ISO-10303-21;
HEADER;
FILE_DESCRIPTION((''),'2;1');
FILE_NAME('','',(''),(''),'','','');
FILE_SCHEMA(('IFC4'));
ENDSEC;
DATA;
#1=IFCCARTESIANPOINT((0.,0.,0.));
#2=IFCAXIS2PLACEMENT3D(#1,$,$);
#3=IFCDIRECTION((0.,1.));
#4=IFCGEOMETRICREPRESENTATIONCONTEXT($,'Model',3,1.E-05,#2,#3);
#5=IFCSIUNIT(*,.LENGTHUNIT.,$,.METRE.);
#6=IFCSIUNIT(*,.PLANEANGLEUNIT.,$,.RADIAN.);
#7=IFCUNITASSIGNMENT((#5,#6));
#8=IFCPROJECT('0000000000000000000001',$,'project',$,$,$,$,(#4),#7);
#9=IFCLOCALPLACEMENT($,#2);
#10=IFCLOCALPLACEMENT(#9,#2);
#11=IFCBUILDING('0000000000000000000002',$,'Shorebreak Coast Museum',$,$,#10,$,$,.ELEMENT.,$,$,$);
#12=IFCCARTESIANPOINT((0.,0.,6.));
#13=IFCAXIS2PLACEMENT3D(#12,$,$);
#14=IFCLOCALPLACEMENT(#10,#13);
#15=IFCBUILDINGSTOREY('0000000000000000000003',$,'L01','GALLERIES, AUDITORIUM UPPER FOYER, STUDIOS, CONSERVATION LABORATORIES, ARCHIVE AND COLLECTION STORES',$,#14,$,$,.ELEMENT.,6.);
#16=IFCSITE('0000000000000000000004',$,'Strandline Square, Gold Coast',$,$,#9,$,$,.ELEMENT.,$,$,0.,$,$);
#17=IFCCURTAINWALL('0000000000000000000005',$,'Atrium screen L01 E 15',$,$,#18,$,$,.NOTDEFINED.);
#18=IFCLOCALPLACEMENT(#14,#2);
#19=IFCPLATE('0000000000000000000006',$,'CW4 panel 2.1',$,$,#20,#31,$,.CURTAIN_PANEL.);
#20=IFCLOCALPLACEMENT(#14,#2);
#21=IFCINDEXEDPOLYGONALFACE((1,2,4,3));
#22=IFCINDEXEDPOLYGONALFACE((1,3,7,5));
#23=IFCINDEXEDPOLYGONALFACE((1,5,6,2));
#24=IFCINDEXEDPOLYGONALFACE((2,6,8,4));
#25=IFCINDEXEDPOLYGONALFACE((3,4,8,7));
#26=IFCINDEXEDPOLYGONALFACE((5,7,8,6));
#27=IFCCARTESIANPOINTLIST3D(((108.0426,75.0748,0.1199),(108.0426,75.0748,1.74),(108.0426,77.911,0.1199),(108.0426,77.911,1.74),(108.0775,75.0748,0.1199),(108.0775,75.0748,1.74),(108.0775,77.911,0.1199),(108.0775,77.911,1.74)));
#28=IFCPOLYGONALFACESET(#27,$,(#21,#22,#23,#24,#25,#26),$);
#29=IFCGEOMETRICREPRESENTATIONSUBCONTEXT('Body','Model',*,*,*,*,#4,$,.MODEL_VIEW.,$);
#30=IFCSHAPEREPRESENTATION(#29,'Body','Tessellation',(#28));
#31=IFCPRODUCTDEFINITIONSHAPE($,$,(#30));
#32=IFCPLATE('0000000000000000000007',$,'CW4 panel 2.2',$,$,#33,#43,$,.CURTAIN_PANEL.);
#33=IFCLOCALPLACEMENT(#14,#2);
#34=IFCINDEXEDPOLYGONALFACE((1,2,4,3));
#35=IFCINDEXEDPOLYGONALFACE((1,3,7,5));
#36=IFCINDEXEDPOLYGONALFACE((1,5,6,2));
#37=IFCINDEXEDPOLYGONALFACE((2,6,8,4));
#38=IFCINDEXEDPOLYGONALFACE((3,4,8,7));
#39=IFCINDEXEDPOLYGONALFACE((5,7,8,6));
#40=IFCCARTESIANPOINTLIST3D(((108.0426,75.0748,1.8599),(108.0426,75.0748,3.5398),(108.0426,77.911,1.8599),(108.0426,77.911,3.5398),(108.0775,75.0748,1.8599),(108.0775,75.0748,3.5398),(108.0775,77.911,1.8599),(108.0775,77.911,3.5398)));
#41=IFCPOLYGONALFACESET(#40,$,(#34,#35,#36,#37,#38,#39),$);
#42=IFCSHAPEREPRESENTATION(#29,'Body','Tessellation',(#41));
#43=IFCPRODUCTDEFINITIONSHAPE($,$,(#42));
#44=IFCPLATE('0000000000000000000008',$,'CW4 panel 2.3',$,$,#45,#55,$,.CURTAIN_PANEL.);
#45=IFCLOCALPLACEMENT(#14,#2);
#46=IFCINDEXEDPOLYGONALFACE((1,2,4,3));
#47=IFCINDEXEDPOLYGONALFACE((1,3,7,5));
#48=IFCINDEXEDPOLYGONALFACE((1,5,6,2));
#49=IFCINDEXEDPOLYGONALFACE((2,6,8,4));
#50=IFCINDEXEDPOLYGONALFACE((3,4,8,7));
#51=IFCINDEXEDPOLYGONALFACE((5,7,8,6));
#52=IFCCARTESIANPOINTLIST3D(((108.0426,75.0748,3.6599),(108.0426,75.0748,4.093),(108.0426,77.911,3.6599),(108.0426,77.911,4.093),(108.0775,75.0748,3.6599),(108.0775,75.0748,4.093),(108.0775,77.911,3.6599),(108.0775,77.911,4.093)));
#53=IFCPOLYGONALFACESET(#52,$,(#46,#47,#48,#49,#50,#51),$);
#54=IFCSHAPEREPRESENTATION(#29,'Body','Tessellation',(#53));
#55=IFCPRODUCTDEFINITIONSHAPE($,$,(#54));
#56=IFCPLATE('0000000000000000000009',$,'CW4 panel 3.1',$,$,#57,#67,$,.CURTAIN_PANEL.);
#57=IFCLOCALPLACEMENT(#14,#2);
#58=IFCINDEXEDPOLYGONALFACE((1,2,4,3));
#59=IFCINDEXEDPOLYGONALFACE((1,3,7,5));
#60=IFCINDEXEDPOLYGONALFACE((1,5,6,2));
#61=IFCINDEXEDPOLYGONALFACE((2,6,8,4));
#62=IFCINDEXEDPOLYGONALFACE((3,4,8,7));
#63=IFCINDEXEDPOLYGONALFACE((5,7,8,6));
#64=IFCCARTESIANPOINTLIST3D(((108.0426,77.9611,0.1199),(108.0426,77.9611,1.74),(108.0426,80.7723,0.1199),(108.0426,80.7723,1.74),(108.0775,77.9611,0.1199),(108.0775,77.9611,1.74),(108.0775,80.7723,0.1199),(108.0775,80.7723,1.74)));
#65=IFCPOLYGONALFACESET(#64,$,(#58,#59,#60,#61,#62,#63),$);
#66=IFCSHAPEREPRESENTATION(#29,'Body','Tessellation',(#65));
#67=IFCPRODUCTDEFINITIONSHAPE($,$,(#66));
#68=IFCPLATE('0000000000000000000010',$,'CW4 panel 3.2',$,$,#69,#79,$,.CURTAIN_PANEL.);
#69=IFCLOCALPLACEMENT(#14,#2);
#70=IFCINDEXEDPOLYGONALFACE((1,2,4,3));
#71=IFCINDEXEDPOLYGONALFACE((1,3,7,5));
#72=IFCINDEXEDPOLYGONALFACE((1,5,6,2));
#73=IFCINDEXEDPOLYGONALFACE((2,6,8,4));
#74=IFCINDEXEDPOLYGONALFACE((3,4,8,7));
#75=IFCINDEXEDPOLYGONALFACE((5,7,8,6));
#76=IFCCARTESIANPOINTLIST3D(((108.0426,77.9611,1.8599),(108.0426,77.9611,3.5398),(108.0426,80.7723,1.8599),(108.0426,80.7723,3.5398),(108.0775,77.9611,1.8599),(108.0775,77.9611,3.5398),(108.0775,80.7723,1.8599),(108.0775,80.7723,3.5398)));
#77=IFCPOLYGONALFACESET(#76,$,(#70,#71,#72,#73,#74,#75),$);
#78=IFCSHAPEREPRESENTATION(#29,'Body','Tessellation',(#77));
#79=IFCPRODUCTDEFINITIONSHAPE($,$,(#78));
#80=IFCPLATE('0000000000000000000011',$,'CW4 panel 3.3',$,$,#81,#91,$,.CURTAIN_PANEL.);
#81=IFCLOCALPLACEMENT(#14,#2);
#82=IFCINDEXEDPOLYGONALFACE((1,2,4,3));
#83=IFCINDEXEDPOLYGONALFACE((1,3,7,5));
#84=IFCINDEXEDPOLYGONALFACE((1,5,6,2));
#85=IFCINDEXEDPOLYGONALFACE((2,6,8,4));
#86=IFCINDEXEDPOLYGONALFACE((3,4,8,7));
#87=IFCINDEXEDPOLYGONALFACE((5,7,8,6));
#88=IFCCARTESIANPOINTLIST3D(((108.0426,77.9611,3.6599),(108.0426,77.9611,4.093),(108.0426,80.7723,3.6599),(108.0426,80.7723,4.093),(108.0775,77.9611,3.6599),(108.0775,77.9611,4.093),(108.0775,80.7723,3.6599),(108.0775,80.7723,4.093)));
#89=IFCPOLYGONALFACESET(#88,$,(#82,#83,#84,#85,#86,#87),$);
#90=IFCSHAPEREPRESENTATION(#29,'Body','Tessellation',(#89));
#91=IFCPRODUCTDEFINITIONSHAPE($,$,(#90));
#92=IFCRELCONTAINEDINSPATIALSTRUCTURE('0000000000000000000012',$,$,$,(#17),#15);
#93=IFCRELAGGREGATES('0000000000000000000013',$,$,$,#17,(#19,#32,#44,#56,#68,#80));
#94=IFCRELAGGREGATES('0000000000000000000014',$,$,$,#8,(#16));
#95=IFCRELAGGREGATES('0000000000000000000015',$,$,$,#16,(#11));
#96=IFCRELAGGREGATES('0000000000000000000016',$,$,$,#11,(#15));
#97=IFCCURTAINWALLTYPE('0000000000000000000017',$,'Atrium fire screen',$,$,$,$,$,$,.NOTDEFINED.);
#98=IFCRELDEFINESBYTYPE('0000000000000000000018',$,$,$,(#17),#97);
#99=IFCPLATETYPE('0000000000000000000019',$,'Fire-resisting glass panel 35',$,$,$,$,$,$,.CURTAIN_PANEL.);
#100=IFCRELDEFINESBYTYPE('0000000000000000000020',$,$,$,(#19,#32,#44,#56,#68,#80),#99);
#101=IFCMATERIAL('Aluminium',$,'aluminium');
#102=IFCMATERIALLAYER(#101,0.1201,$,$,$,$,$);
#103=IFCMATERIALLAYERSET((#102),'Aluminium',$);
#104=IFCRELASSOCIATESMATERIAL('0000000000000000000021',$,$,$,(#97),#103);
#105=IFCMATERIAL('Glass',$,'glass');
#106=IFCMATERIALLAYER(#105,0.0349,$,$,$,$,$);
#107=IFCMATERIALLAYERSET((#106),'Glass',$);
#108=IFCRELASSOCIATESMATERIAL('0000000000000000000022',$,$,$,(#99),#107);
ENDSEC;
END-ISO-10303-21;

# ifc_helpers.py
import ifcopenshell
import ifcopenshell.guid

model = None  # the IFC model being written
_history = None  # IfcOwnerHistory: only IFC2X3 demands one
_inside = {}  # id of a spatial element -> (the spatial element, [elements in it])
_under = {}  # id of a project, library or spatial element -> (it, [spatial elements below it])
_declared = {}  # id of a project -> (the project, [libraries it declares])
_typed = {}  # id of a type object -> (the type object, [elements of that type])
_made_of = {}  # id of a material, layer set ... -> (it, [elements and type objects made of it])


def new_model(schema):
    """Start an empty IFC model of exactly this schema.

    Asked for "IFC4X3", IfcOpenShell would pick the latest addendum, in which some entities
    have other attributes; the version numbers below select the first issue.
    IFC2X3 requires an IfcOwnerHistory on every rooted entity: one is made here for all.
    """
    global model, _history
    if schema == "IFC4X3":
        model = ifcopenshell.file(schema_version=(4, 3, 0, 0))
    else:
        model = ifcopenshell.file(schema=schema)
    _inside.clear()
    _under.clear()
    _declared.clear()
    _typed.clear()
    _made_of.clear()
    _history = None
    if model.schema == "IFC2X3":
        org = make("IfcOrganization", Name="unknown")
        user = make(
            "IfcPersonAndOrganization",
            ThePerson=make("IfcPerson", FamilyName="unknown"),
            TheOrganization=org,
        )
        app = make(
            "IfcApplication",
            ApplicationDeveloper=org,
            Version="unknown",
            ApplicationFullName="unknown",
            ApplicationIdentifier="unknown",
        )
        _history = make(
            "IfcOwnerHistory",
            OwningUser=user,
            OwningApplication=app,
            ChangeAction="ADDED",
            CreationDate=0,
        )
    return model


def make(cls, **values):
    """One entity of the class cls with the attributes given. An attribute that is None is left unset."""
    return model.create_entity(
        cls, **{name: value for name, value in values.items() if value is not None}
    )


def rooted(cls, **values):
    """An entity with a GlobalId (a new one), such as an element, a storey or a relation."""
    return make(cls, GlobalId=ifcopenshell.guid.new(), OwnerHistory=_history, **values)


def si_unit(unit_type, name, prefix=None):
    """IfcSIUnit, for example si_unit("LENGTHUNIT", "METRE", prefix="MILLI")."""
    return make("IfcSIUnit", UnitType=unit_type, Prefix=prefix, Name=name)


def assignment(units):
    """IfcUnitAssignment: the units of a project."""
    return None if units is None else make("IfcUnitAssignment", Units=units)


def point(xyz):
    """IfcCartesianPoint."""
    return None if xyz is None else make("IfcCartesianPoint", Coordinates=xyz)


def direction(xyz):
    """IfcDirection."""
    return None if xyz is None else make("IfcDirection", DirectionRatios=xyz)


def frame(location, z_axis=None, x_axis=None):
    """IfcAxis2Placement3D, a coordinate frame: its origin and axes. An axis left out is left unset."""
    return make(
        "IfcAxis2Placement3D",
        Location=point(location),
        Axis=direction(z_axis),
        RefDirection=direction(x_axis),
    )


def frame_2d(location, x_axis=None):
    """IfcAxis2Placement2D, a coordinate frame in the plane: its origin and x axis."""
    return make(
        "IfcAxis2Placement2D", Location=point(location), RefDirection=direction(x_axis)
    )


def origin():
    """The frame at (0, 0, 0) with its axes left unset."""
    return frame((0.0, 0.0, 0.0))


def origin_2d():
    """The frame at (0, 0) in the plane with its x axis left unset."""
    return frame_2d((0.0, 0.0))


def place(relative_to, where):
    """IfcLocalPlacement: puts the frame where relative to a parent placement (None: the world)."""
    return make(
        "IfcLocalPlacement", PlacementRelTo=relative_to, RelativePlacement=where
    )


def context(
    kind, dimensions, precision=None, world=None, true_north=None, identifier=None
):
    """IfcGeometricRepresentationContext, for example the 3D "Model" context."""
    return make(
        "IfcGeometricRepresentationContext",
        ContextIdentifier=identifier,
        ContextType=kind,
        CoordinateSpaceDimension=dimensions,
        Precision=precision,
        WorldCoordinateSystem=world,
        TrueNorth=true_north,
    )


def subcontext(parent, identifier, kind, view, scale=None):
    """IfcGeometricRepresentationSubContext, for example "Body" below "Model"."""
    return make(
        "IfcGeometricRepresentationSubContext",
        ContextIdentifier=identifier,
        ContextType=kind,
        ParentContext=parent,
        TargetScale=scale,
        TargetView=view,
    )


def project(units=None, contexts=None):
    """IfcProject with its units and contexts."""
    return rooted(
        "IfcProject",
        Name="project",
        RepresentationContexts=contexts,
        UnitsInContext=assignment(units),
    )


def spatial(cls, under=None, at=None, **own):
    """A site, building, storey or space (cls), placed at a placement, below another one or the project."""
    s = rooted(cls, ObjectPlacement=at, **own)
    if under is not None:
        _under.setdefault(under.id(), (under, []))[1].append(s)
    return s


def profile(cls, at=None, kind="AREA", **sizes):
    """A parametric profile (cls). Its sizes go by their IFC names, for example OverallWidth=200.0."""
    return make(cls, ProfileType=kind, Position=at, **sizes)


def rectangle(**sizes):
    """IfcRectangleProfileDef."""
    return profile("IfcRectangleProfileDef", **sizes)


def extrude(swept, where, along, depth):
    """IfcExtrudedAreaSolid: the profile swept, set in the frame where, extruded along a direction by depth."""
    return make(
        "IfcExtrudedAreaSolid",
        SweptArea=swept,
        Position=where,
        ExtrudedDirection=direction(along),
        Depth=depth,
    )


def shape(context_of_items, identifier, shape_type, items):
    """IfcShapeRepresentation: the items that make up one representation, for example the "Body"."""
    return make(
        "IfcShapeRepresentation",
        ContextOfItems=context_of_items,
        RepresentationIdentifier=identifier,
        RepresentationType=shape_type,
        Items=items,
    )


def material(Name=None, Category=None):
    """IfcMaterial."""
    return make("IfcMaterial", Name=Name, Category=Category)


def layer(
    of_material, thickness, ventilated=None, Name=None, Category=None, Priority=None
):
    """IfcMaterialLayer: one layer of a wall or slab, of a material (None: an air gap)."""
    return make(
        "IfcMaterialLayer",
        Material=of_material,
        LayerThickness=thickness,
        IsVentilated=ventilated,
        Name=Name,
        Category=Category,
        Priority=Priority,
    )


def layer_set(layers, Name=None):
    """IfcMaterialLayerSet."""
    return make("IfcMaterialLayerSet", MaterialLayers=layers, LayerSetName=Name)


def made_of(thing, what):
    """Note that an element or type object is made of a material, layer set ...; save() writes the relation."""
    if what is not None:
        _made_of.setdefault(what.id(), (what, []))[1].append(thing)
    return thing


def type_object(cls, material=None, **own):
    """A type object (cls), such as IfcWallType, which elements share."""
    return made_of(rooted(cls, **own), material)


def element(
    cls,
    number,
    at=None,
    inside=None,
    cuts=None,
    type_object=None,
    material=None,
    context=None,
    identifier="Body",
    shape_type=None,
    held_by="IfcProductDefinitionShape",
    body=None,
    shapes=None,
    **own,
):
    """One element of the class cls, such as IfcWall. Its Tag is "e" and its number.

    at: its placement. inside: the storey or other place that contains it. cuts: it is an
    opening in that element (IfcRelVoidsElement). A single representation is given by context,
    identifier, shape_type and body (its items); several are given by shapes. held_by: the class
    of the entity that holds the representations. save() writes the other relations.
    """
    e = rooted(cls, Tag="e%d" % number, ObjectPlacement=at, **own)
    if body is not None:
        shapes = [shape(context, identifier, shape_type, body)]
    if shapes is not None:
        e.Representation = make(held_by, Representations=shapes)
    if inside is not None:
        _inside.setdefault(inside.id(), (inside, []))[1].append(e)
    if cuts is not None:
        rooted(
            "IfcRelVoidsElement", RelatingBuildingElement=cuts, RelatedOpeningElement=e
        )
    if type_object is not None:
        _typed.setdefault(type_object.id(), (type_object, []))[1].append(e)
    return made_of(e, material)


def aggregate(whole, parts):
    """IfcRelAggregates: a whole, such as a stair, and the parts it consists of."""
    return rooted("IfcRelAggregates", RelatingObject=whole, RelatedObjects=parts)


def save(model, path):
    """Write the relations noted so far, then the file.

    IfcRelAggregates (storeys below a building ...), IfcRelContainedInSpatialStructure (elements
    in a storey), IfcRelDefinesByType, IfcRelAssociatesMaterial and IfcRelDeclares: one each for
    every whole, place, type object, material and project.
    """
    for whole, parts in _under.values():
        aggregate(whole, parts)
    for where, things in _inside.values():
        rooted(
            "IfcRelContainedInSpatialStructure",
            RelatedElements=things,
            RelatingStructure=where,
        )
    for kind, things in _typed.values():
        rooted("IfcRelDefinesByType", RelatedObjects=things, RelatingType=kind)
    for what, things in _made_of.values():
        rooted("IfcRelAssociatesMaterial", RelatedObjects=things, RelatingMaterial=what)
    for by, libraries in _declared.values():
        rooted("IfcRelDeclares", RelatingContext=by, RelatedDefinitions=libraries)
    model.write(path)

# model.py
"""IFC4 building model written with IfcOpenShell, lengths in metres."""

from ifc_helpers import new_model, si_unit, direction, frame, origin, origin_2d, place, context, subcontext, project, spatial, rectangle, extrude, material, layer, layer_set, type_object, element, aggregate, save


model = new_model("IFC4")

# Units and contexts
model_context = context("Model", 3, precision=1e-05, world=origin(), true_north=direction((0.0, 1.0)))
body_context = subcontext(model_context, "Body", "Model", "MODEL_VIEW")
ifc_project = project(units=[si_unit("LENGTHUNIT", "METRE"), si_unit("PLANEANGLEUNIT", "RADIAN")], contexts=[model_context])

# Site, building, storey
site_placement = place(None, origin())
site = spatial("IfcSite", under=ifc_project, at=site_placement, Name="Strandline Square, Gold Coast", CompositionType="ELEMENT", RefElevation=0.0)
building_placement = place(site_placement, origin())
building = spatial("IfcBuilding", under=site, at=building_placement, Name="Shorebreak Coast Museum", CompositionType="ELEMENT")
storey_placement = place(building_placement, frame((0.0, 0.0, 6.0)))
storey = spatial("IfcBuildingStorey", under=building, at=storey_placement, Name="L01", Description="GALLERIES, AUDITORIUM UPPER FOYER, STUDIOS, CONSERVATION LABORATORIES, ARCHIVE AND COLLECTION STORES", CompositionType="ELEMENT", Elevation=6.0)

# Shared definitions
ifc_material_1 = material(Name="Aluminium", Category="aluminium")
ifc_layer_1 = layer(ifc_material_1, 0.1201)
ifc_layer_set_1 = layer_set([ifc_layer_1], Name="Aluminium")
curtain_wall_type = type_object("IfcCurtainWallType", Name="Atrium fire screen", PredefinedType="NOTDEFINED", material=ifc_layer_set_1)

# Curtain wall
curtain_wall_1_placement = place(storey_placement, origin())
curtain_wall_1 = element("IfcCurtainWall", 1, at=curtain_wall_1_placement, inside=storey, type_object=curtain_wall_type, Name="Atrium screen L01 E 15", PredefinedType="NOTDEFINED")

# Plates
ifc_material_2 = material(Name="Glass", Category="glass")
ifc_layer_2 = layer(ifc_material_2, 0.0349)
ifc_layer_set_2 = layer_set([ifc_layer_2], Name="Glass")
plate_type = type_object("IfcPlateType", Name="Fire-resisting glass panel 35", PredefinedType="CURTAIN_PANEL", material=ifc_layer_set_2)
plate_1_placement = place(storey_placement, frame((108.0601, 76.4929, 0.1199), z_axis=(0.0, 0.0, 1.0), x_axis=(0.0, 1.0, 0.0)))
plate_1 = element("IfcPlate", 2, at=plate_1_placement, type_object=plate_type, Name="CW4 panel 2.1", PredefinedType="CURTAIN_PANEL", context=body_context, shape_type="SweptSolid", body=[
    extrude(rectangle(XDim=2.8362, YDim=0.0349, at=origin_2d()), origin(), (0.0, 0.0, 1.0), 1.6201),
])
plate_2_placement = place(storey_placement, frame((108.0601, 76.4929, 1.8599), z_axis=(0.0, 0.0, 1.0), x_axis=(0.0, 1.0, 0.0)))
plate_2 = element("IfcPlate", 3, at=plate_2_placement, type_object=plate_type, Name="CW4 panel 2.2", PredefinedType="CURTAIN_PANEL", context=body_context, shape_type="SweptSolid", body=[
    extrude(rectangle(XDim=2.8362, YDim=0.0349, at=origin_2d()), origin(), (0.0, 0.0, 1.0), 1.6799),
])
plate_3_placement = place(storey_placement, frame((108.0601, 76.4929, 3.6599), z_axis=(0.0, 0.0, 1.0), x_axis=(0.0, 1.0, 0.0)))
plate_3 = element("IfcPlate", 4, at=plate_3_placement, type_object=plate_type, Name="CW4 panel 2.3", PredefinedType="CURTAIN_PANEL", context=body_context, shape_type="SweptSolid", body=[
    extrude(rectangle(XDim=2.8362, YDim=0.0349, at=origin_2d()), origin(), (0.0, 0.0, 1.0), 0.4331),
])
plate_4_placement = place(storey_placement, frame((108.0601, 79.3667, 0.1199), z_axis=(0.0, 0.0, 1.0), x_axis=(0.0, 1.0, 0.0)))
plate_4 = element("IfcPlate", 5, at=plate_4_placement, type_object=plate_type, Name="CW4 panel 3.1", PredefinedType="CURTAIN_PANEL", context=body_context, shape_type="SweptSolid", body=[
    extrude(rectangle(XDim=2.8113, YDim=0.0349, at=origin_2d()), origin(), (0.0, 0.0, 1.0), 1.6201),
])
plate_5_placement = place(storey_placement, frame((108.0601, 79.3667, 1.8599), z_axis=(0.0, 0.0, 1.0), x_axis=(0.0, 1.0, 0.0)))
plate_5 = element("IfcPlate", 6, at=plate_5_placement, type_object=plate_type, Name="CW4 panel 3.2", PredefinedType="CURTAIN_PANEL", context=body_context, shape_type="SweptSolid", body=[
    extrude(rectangle(XDim=2.8113, YDim=0.0349, at=origin_2d()), origin(), (0.0, 0.0, 1.0), 1.6799),
])
plate_6_placement = place(storey_placement, frame((108.0601, 79.3667, 3.6599), z_axis=(0.0, 0.0, 1.0), x_axis=(0.0, 1.0, 0.0)))
plate_6 = element("IfcPlate", 7, at=plate_6_placement, type_object=plate_type, Name="CW4 panel 3.3", PredefinedType="CURTAIN_PANEL", context=body_context, shape_type="SweptSolid", body=[
    extrude(rectangle(XDim=2.8113, YDim=0.0349, at=origin_2d()), origin(), (0.0, 0.0, 1.0), 0.4331),
])
aggregate(curtain_wall_1, [plate_1, plate_2, plate_3, plate_4, plate_5, plate_6])

save(model, "model.ifc")
